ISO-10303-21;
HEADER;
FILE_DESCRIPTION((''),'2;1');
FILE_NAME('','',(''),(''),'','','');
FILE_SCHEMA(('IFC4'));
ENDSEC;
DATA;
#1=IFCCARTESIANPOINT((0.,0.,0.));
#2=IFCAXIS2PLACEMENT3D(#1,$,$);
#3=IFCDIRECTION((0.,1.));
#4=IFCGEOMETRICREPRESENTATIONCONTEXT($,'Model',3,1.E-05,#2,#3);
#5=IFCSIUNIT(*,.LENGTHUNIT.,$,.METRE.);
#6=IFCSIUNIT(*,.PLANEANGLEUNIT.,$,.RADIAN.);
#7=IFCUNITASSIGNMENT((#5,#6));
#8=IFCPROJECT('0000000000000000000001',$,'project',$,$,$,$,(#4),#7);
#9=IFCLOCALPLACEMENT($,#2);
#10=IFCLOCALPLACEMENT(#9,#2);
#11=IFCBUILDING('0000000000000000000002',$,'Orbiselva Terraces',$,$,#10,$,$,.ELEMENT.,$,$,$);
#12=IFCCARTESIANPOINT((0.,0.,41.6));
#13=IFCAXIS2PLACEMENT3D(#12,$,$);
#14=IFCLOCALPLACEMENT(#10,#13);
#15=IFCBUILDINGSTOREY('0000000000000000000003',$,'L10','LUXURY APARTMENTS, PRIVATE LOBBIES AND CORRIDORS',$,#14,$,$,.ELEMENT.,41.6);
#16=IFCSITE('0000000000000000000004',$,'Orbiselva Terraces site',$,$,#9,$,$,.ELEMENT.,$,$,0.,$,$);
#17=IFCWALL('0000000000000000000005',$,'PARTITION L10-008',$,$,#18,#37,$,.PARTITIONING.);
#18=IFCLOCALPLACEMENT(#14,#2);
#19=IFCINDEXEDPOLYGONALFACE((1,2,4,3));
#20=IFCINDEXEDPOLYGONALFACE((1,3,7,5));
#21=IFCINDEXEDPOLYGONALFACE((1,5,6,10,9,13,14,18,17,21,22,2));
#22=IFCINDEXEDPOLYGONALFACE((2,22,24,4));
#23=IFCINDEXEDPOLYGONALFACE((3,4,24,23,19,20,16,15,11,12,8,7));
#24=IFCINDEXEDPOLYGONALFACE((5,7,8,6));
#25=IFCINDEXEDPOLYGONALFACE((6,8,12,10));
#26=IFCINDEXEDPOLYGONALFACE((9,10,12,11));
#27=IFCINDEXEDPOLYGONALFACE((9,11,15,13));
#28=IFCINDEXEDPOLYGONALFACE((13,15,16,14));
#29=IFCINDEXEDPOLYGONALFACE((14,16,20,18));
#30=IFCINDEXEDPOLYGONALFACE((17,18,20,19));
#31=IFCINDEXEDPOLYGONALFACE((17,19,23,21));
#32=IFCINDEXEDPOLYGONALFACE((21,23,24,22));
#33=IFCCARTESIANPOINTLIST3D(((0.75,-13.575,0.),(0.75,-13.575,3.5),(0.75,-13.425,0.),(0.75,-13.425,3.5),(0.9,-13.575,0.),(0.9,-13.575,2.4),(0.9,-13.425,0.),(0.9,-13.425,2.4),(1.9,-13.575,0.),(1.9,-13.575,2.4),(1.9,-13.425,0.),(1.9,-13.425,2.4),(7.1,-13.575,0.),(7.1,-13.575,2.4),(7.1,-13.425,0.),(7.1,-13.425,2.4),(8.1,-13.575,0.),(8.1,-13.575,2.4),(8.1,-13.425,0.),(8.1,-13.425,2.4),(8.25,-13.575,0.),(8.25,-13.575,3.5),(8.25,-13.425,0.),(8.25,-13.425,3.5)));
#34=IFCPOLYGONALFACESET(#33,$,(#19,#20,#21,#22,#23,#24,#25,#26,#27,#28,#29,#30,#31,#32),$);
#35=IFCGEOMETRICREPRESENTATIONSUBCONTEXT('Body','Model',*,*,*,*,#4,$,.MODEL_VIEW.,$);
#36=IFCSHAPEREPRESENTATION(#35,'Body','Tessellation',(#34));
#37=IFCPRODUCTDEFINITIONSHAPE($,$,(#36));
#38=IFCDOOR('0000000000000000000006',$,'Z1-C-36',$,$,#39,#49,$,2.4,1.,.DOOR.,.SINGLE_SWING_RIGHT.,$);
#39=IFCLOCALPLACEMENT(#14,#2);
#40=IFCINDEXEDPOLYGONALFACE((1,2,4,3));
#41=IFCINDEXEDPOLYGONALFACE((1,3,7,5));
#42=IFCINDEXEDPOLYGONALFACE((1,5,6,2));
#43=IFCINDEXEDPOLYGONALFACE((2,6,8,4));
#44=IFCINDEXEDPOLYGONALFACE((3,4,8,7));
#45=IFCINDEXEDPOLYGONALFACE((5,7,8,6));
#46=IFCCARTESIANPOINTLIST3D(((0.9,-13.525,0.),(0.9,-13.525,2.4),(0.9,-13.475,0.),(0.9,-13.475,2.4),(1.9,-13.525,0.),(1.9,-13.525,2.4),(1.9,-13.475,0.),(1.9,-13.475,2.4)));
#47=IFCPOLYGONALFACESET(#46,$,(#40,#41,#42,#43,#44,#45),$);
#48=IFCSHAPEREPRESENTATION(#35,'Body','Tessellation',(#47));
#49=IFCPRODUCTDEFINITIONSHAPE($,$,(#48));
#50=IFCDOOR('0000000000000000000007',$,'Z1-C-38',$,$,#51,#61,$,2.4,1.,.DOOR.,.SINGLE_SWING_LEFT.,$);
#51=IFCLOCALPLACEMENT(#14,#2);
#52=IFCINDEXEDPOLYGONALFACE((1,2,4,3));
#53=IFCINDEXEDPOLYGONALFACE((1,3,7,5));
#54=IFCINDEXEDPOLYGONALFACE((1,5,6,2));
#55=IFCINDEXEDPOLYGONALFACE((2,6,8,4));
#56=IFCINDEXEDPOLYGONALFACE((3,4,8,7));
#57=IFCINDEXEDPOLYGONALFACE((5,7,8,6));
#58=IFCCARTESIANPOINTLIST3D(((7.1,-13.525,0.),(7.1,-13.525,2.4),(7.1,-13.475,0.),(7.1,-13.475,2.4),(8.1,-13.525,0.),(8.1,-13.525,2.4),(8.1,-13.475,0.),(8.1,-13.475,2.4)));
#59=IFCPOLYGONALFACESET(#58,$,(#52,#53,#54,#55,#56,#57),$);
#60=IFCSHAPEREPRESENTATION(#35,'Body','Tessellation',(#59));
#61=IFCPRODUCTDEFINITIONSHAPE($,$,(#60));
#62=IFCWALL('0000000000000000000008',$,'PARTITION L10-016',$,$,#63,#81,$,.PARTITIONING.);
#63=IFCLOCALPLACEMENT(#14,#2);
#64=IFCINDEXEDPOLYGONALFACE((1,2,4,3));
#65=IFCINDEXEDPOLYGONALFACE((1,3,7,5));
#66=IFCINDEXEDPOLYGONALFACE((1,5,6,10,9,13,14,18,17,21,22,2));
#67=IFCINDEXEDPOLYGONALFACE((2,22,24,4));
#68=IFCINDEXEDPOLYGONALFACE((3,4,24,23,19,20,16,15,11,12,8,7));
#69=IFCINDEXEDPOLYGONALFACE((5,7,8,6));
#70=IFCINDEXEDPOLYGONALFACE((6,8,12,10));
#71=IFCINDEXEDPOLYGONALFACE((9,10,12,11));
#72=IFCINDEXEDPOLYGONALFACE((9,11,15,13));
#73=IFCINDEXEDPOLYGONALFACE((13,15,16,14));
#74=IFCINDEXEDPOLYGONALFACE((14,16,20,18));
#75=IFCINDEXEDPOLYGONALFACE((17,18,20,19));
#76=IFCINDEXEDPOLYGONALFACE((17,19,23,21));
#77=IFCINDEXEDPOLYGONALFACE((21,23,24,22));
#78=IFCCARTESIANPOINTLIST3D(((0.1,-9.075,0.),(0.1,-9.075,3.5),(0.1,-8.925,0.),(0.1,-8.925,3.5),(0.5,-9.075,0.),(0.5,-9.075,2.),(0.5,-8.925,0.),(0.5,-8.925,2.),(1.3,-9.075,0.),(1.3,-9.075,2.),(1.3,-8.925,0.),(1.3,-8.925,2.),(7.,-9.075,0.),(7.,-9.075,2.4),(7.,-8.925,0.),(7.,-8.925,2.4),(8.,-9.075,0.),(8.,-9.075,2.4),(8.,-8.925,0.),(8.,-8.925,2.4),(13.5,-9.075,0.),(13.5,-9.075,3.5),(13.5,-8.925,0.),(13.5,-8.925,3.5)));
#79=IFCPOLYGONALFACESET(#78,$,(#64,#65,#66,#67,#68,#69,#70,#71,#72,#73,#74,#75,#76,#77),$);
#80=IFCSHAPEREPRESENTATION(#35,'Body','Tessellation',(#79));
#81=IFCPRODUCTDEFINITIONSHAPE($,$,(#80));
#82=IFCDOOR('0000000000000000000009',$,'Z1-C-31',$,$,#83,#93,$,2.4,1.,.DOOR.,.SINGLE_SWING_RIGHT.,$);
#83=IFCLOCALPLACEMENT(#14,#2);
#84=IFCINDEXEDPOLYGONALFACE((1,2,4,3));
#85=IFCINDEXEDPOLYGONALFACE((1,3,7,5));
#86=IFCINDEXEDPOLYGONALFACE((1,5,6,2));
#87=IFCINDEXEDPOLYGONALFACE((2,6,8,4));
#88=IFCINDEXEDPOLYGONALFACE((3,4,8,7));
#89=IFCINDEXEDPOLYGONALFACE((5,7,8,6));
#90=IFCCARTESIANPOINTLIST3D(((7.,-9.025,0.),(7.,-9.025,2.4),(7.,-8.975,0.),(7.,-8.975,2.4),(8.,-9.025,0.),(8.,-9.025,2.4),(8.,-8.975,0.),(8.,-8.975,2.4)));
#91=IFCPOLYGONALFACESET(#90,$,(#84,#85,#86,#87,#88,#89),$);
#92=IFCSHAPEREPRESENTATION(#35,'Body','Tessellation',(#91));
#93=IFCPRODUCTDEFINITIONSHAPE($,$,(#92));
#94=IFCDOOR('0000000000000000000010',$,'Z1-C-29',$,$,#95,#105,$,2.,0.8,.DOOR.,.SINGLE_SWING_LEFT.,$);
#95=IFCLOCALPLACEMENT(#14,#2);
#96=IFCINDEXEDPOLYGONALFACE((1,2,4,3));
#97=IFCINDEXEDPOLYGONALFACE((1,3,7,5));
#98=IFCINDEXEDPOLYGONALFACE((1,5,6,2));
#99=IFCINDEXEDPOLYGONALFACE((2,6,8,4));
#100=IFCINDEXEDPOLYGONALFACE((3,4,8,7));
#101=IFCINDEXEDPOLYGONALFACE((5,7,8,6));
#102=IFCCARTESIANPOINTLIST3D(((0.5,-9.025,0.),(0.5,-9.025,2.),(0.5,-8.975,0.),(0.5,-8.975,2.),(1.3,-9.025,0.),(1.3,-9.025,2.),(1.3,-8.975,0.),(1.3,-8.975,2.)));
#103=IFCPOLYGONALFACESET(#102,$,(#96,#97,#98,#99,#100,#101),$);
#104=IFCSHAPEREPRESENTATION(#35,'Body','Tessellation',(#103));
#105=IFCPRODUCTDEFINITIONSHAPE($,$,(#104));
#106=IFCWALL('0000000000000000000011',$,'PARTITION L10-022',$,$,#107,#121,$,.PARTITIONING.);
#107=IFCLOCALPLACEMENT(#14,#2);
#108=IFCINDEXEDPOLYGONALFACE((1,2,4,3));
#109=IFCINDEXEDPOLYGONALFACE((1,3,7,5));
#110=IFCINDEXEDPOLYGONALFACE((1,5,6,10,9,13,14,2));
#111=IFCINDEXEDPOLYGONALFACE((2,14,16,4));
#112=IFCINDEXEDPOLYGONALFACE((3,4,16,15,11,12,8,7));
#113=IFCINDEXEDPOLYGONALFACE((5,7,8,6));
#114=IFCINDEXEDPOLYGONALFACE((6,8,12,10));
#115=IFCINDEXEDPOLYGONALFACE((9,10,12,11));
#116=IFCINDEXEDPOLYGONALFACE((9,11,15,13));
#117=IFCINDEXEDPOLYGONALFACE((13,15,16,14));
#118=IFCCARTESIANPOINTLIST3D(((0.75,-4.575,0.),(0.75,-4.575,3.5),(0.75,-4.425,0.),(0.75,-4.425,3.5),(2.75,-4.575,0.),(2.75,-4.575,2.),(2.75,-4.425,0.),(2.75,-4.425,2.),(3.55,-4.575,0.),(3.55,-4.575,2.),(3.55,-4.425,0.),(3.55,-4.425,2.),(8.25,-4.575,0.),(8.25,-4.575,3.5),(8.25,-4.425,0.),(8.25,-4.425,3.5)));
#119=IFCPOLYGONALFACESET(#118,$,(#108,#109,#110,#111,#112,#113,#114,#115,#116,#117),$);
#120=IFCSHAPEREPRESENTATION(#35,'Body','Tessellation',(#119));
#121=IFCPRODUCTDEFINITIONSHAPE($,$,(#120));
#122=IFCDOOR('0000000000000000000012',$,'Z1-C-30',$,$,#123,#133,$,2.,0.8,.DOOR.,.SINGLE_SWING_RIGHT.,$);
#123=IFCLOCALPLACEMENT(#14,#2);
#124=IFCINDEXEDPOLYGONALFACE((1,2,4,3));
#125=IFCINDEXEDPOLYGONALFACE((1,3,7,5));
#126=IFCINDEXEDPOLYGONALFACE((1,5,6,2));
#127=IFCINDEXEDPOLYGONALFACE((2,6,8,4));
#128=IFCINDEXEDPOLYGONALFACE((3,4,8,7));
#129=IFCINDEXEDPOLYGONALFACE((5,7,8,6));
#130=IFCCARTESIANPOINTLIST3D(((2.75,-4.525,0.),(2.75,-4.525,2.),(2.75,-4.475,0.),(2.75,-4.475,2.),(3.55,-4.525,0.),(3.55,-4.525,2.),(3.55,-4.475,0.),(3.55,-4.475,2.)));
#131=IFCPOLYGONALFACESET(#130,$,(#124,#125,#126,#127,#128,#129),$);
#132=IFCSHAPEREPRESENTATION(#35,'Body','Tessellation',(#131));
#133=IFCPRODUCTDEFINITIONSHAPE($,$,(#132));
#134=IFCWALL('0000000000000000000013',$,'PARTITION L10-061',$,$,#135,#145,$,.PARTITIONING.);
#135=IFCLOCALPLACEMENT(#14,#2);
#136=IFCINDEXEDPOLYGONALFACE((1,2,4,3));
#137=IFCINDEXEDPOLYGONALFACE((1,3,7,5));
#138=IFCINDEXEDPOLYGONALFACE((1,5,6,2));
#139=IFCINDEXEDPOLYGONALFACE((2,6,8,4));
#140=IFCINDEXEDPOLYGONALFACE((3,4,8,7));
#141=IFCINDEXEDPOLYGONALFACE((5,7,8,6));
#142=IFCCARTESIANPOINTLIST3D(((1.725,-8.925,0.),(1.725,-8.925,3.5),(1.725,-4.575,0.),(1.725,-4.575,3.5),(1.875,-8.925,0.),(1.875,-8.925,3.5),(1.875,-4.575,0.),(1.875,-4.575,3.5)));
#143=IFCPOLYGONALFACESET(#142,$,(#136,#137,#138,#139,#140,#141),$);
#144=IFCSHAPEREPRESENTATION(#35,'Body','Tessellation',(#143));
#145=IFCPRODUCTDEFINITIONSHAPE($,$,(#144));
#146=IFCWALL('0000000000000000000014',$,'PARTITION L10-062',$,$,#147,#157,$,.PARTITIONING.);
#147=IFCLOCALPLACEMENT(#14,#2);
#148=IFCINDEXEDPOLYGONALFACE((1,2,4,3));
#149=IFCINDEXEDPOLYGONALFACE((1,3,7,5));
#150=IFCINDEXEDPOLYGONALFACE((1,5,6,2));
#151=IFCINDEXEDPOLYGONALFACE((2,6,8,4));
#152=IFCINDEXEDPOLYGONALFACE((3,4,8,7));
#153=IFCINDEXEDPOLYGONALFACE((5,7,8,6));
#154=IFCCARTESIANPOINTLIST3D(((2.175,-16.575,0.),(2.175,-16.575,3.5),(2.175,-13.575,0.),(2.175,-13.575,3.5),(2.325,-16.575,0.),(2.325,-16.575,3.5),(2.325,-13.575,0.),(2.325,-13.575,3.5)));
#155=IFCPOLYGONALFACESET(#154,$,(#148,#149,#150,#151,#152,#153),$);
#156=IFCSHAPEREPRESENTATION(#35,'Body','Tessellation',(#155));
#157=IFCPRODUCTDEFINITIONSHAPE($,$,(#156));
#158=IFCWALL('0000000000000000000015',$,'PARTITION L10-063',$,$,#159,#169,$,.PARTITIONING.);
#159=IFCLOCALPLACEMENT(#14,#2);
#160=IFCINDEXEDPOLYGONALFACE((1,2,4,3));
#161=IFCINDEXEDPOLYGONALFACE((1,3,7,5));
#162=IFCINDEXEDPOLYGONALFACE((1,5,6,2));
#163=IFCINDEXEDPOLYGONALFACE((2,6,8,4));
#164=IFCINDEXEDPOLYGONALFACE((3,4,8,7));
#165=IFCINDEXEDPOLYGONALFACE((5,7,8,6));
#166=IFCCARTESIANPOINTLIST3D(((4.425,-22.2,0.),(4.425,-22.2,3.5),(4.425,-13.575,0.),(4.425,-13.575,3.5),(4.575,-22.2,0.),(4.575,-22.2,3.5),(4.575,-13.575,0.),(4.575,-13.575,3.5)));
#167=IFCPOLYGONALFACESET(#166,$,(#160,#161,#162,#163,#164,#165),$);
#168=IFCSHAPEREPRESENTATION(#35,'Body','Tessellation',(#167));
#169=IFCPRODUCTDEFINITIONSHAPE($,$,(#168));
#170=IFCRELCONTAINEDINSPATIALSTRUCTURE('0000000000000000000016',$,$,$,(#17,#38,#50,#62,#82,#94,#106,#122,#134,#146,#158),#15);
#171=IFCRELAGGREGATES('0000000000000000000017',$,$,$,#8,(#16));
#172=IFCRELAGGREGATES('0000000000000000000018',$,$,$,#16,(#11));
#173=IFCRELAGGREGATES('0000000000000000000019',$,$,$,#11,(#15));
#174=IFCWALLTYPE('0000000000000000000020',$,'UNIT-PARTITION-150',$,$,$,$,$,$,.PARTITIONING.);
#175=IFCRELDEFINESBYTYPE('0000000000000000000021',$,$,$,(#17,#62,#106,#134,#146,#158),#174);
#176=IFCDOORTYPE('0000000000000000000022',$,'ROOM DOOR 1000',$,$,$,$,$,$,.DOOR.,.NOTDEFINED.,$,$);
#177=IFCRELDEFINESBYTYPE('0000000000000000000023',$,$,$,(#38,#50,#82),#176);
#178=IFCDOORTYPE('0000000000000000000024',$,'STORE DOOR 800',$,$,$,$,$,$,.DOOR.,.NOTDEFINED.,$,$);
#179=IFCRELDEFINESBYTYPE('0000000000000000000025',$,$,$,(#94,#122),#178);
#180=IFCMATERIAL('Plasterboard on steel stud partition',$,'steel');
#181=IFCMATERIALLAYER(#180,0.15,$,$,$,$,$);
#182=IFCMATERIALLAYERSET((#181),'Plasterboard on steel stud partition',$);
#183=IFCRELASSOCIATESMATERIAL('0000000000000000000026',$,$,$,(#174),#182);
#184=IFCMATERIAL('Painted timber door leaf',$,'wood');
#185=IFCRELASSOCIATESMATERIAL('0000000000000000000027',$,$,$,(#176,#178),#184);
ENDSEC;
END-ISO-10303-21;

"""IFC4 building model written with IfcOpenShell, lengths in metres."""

from ifc_helpers import new_model, si_unit, direction, frame, frame_2d, origin, place, context, subcontext, project, spatial, rectangle, extrude, material, layer, layer_set, type_object, element, fill, save


model = new_model("IFC4")

# Units and contexts
model_context = context("Model", 3, precision=1e-05, world=origin(), true_north=direction((0.0, 1.0)))
body_context = subcontext(model_context, "Body", "Model", "MODEL_VIEW")
ifc_project = project(units=[si_unit("LENGTHUNIT", "METRE"), si_unit("PLANEANGLEUNIT", "RADIAN")], contexts=[model_context])

# Site, building, storey
site_placement = place(None, origin())
site = spatial("IfcSite", under=ifc_project, at=site_placement, Name="Orbiselva Terraces site", CompositionType="ELEMENT", RefElevation=0.0)
building_placement = place(site_placement, origin())
building = spatial("IfcBuilding", under=site, at=building_placement, Name="Orbiselva Terraces", CompositionType="ELEMENT")
storey_placement = place(building_placement, frame((0.0, 0.0, 41.6)))
storey = spatial("IfcBuildingStorey", under=building, at=storey_placement, Name="L10", Description="LUXURY APARTMENTS, PRIVATE LOBBIES AND CORRIDORS", CompositionType="ELEMENT", Elevation=41.6)

# Shared definitions
ifc_material_1 = material(Name="Plasterboard on steel stud partition", Category="steel")

# Shared definitions
ifc_layer_1 = layer(ifc_material_1, 0.15)
ifc_layer_set_1 = layer_set([ifc_layer_1], Name="Plasterboard on steel stud partition")
wall_type_1 = type_object("IfcWallType", Name="UNIT-PARTITION-150", PredefinedType="PARTITIONING", material=ifc_layer_set_1)
ifc_material_2 = material(Name="Painted timber door leaf", Category="wood")

# Walls, openings, doors
wall_1_placement = place(storey_placement, frame((8.25, -13.5, 0.0), z_axis=(0.0, 0.0, 1.0), x_axis=(-1.0, 0.0, 0.0)))
wall_1 = element("IfcWall", 1, at=wall_1_placement, inside=storey, type_object=wall_type_1, Name="PARTITION L10-008", PredefinedType="PARTITIONING", context=body_context, shape_type="SweptSolid", body=[
    extrude(rectangle(XDim=7.5, YDim=0.15, at=frame_2d((3.75, 0.0))), origin(), (0.0, 0.0, 1.0), 3.5),
])
opening_1_placement = place(wall_1_placement, frame((6.35, 0.0, 0.0)))
opening_1 = element("IfcOpeningElement", 2, at=opening_1_placement, cuts=wall_1, PredefinedType="OPENING", context=body_context, shape_type="SweptSolid", body=[
    extrude(rectangle(XDim=1.0, YDim=2.4, at=frame_2d((0.5, 1.2))), frame((0.0, 0.085, 0.0), z_axis=(0.0, -1.0, 0.0), x_axis=(1.0, 0.0, 0.0)), (0.0, 0.0, 1.0), 0.17),
])
opening_2_placement = place(wall_1_placement, frame((0.15, 0.0, 0.0)))
opening_2 = element("IfcOpeningElement", 3, at=opening_2_placement, cuts=wall_1, PredefinedType="OPENING", context=body_context, shape_type="SweptSolid", body=[
    extrude(rectangle(XDim=1.0, YDim=2.4, at=frame_2d((0.5, 1.2))), frame((0.0, 0.085, 0.0), z_axis=(0.0, -1.0, 0.0), x_axis=(1.0, 0.0, 0.0)), (0.0, 0.0, 1.0), 0.17),
])
door_type_1 = type_object("IfcDoorType", Name="ROOM DOOR 1000", OperationType="NOTDEFINED", PredefinedType="DOOR", material=ifc_material_2)
door_1_placement = place(opening_1_placement, origin())
door_1 = element("IfcDoor", 4, at=door_1_placement, inside=storey, type_object=door_type_1, Name="Z1-C-36", OperationType="SINGLE_SWING_RIGHT", OverallHeight=2.4, OverallWidth=1.0, PredefinedType="DOOR", context=body_context, shape_type="SweptSolid", body=[
    extrude(rectangle(XDim=1.0, YDim=2.4, at=frame_2d((0.5, 1.2))), frame((0.0, 0.025, 0.0), z_axis=(0.0, -1.0, 0.0), x_axis=(1.0, 0.0, 0.0)), (0.0, 0.0, 1.0), 0.05),
])
fill(opening_1, door_1)
door_2_placement = place(opening_2_placement, origin())
door_2 = element("IfcDoor", 5, at=door_2_placement, inside=storey, type_object=door_type_1, Name="Z1-C-38", OperationType="SINGLE_SWING_LEFT", OverallHeight=2.4, OverallWidth=1.0, PredefinedType="DOOR", context=body_context, shape_type="SweptSolid", body=[
    extrude(rectangle(XDim=1.0, YDim=2.4, at=frame_2d((0.5, 1.2))), frame((0.0, 0.025, 0.0), z_axis=(0.0, -1.0, 0.0), x_axis=(1.0, 0.0, 0.0)), (0.0, 0.0, 1.0), 0.05),
])
fill(opening_2, door_2)
wall_2_placement = place(storey_placement, frame((0.1, -9.0, 0.0), z_axis=(0.0, 0.0, 1.0), x_axis=(1.0, 0.0, 0.0)))
wall_2 = element("IfcWall", 6, at=wall_2_placement, inside=storey, type_object=wall_type_1, Name="PARTITION L10-016", PredefinedType="PARTITIONING", context=body_context, shape_type="SweptSolid", body=[
    extrude(rectangle(XDim=13.4, YDim=0.15, at=frame_2d((6.7, 0.0))), origin(), (0.0, 0.0, 1.0), 3.5),
])
opening_3_placement = place(wall_2_placement, frame((0.4, 0.0, 0.0)))
opening_3 = element("IfcOpeningElement", 7, at=opening_3_placement, cuts=wall_2, PredefinedType="OPENING", context=body_context, shape_type="SweptSolid", body=[
    extrude(rectangle(XDim=0.8, YDim=2.0, at=frame_2d((0.4, 1.0))), frame((0.0, 0.085, 0.0), z_axis=(0.0, -1.0, 0.0), x_axis=(1.0, 0.0, 0.0)), (0.0, 0.0, 1.0), 0.17),
])
opening_4_placement = place(wall_2_placement, frame((6.9, 0.0, 0.0)))
opening_4 = element("IfcOpeningElement", 8, at=opening_4_placement, cuts=wall_2, PredefinedType="OPENING", context=body_context, shape_type="SweptSolid", body=[
    extrude(rectangle(XDim=1.0, YDim=2.4, at=frame_2d((0.5, 1.2))), frame((0.0, 0.085, 0.0), z_axis=(0.0, -1.0, 0.0), x_axis=(1.0, 0.0, 0.0)), (0.0, 0.0, 1.0), 0.17),
])
door_3_placement = place(opening_4_placement, origin())
door_3 = element("IfcDoor", 9, at=door_3_placement, inside=storey, type_object=door_type_1, Name="Z1-C-31", OperationType="SINGLE_SWING_RIGHT", OverallHeight=2.4, OverallWidth=1.0, PredefinedType="DOOR", context=body_context, shape_type="SweptSolid", body=[
    extrude(rectangle(XDim=1.0, YDim=2.4, at=frame_2d((0.5, 1.2))), frame((0.0, 0.025, 0.0), z_axis=(0.0, -1.0, 0.0), x_axis=(1.0, 0.0, 0.0)), (0.0, 0.0, 1.0), 0.05),
])
fill(opening_4, door_3)
door_type_2 = type_object("IfcDoorType", Name="STORE DOOR 800", OperationType="NOTDEFINED", PredefinedType="DOOR", material=ifc_material_2)
door_4_placement = place(opening_3_placement, origin())
door_4 = element("IfcDoor", 10, at=door_4_placement, inside=storey, type_object=door_type_2, Name="Z1-C-29", OperationType="SINGLE_SWING_LEFT", OverallHeight=2.0, OverallWidth=0.8, PredefinedType="DOOR", context=body_context, shape_type="SweptSolid", body=[
    extrude(rectangle(XDim=0.8, YDim=2.0, at=frame_2d((0.4, 1.0))), frame((0.0, 0.025, 0.0), z_axis=(0.0, -1.0, 0.0), x_axis=(1.0, 0.0, 0.0)), (0.0, 0.0, 1.0), 0.05),
])
fill(opening_3, door_4)

# Wall, opening, door
wall_3_placement = place(storey_placement, frame((8.25, -4.5, 0.0), z_axis=(0.0, 0.0, 1.0), x_axis=(-1.0, 0.0, 0.0)))
wall_3 = element("IfcWall", 11, at=wall_3_placement, inside=storey, type_object=wall_type_1, Name="PARTITION L10-022", PredefinedType="PARTITIONING", context=body_context, shape_type="SweptSolid", body=[
    extrude(rectangle(XDim=7.5, YDim=0.15, at=frame_2d((3.75, 0.0))), origin(), (0.0, 0.0, 1.0), 3.5),
])
opening_5_placement = place(wall_3_placement, frame((4.7, 0.0, 0.0)))
opening_5 = element("IfcOpeningElement", 12, at=opening_5_placement, cuts=wall_3, PredefinedType="OPENING", context=body_context, shape_type="SweptSolid", body=[
    extrude(rectangle(XDim=0.8, YDim=2.0, at=frame_2d((0.4, 1.0))), frame((0.0, 0.085, 0.0), z_axis=(0.0, -1.0, 0.0), x_axis=(1.0, 0.0, 0.0)), (0.0, 0.0, 1.0), 0.17),
])
door_5_placement = place(opening_5_placement, origin())
door_5 = element("IfcDoor", 13, at=door_5_placement, inside=storey, type_object=door_type_2, Name="Z1-C-30", OperationType="SINGLE_SWING_RIGHT", OverallHeight=2.0, OverallWidth=0.8, PredefinedType="DOOR", context=body_context, shape_type="SweptSolid", body=[
    extrude(rectangle(XDim=0.8, YDim=2.0, at=frame_2d((0.4, 1.0))), frame((0.0, 0.025, 0.0), z_axis=(0.0, -1.0, 0.0), x_axis=(1.0, 0.0, 0.0)), (0.0, 0.0, 1.0), 0.05),
])
fill(opening_5, door_5)

# Walls
wall_4_placement = place(storey_placement, frame((1.8, -8.925, 0.0), z_axis=(0.0, 0.0, 1.0), x_axis=(0.0, 1.0, 0.0)))
element("IfcWall", 14, at=wall_4_placement, inside=storey, type_object=wall_type_1, Name="PARTITION L10-061", PredefinedType="PARTITIONING", context=body_context, shape_type="SweptSolid", body=[
    extrude(rectangle(XDim=4.35, YDim=0.15, at=frame_2d((2.175, 0.0))), origin(), (0.0, 0.0, 1.0), 3.5),
])
wall_5_placement = place(storey_placement, frame((2.25, -16.575, 0.0), z_axis=(0.0, 0.0, 1.0), x_axis=(0.0, 1.0, 0.0)))
element("IfcWall", 15, at=wall_5_placement, inside=storey, type_object=wall_type_1, Name="PARTITION L10-062", PredefinedType="PARTITIONING", context=body_context, shape_type="SweptSolid", body=[
    extrude(rectangle(XDim=3.0, YDim=0.15, at=frame_2d((1.5, 0.0))), origin(), (0.0, 0.0, 1.0), 3.5),
])
wall_6_placement = place(storey_placement, frame((4.5, -22.2, 0.0), z_axis=(0.0, 0.0, 1.0), x_axis=(0.0, 1.0, 0.0)))
element("IfcWall", 16, at=wall_6_placement, inside=storey, type_object=wall_type_1, Name="PARTITION L10-063", PredefinedType="PARTITIONING", context=body_context, shape_type="SweptSolid", body=[
    extrude(rectangle(XDim=8.625, YDim=0.15, at=frame_2d((4.3125, 0.0))), origin(), (0.0, 0.0, 1.0), 3.5),
])

save(model, "model.ifc")
